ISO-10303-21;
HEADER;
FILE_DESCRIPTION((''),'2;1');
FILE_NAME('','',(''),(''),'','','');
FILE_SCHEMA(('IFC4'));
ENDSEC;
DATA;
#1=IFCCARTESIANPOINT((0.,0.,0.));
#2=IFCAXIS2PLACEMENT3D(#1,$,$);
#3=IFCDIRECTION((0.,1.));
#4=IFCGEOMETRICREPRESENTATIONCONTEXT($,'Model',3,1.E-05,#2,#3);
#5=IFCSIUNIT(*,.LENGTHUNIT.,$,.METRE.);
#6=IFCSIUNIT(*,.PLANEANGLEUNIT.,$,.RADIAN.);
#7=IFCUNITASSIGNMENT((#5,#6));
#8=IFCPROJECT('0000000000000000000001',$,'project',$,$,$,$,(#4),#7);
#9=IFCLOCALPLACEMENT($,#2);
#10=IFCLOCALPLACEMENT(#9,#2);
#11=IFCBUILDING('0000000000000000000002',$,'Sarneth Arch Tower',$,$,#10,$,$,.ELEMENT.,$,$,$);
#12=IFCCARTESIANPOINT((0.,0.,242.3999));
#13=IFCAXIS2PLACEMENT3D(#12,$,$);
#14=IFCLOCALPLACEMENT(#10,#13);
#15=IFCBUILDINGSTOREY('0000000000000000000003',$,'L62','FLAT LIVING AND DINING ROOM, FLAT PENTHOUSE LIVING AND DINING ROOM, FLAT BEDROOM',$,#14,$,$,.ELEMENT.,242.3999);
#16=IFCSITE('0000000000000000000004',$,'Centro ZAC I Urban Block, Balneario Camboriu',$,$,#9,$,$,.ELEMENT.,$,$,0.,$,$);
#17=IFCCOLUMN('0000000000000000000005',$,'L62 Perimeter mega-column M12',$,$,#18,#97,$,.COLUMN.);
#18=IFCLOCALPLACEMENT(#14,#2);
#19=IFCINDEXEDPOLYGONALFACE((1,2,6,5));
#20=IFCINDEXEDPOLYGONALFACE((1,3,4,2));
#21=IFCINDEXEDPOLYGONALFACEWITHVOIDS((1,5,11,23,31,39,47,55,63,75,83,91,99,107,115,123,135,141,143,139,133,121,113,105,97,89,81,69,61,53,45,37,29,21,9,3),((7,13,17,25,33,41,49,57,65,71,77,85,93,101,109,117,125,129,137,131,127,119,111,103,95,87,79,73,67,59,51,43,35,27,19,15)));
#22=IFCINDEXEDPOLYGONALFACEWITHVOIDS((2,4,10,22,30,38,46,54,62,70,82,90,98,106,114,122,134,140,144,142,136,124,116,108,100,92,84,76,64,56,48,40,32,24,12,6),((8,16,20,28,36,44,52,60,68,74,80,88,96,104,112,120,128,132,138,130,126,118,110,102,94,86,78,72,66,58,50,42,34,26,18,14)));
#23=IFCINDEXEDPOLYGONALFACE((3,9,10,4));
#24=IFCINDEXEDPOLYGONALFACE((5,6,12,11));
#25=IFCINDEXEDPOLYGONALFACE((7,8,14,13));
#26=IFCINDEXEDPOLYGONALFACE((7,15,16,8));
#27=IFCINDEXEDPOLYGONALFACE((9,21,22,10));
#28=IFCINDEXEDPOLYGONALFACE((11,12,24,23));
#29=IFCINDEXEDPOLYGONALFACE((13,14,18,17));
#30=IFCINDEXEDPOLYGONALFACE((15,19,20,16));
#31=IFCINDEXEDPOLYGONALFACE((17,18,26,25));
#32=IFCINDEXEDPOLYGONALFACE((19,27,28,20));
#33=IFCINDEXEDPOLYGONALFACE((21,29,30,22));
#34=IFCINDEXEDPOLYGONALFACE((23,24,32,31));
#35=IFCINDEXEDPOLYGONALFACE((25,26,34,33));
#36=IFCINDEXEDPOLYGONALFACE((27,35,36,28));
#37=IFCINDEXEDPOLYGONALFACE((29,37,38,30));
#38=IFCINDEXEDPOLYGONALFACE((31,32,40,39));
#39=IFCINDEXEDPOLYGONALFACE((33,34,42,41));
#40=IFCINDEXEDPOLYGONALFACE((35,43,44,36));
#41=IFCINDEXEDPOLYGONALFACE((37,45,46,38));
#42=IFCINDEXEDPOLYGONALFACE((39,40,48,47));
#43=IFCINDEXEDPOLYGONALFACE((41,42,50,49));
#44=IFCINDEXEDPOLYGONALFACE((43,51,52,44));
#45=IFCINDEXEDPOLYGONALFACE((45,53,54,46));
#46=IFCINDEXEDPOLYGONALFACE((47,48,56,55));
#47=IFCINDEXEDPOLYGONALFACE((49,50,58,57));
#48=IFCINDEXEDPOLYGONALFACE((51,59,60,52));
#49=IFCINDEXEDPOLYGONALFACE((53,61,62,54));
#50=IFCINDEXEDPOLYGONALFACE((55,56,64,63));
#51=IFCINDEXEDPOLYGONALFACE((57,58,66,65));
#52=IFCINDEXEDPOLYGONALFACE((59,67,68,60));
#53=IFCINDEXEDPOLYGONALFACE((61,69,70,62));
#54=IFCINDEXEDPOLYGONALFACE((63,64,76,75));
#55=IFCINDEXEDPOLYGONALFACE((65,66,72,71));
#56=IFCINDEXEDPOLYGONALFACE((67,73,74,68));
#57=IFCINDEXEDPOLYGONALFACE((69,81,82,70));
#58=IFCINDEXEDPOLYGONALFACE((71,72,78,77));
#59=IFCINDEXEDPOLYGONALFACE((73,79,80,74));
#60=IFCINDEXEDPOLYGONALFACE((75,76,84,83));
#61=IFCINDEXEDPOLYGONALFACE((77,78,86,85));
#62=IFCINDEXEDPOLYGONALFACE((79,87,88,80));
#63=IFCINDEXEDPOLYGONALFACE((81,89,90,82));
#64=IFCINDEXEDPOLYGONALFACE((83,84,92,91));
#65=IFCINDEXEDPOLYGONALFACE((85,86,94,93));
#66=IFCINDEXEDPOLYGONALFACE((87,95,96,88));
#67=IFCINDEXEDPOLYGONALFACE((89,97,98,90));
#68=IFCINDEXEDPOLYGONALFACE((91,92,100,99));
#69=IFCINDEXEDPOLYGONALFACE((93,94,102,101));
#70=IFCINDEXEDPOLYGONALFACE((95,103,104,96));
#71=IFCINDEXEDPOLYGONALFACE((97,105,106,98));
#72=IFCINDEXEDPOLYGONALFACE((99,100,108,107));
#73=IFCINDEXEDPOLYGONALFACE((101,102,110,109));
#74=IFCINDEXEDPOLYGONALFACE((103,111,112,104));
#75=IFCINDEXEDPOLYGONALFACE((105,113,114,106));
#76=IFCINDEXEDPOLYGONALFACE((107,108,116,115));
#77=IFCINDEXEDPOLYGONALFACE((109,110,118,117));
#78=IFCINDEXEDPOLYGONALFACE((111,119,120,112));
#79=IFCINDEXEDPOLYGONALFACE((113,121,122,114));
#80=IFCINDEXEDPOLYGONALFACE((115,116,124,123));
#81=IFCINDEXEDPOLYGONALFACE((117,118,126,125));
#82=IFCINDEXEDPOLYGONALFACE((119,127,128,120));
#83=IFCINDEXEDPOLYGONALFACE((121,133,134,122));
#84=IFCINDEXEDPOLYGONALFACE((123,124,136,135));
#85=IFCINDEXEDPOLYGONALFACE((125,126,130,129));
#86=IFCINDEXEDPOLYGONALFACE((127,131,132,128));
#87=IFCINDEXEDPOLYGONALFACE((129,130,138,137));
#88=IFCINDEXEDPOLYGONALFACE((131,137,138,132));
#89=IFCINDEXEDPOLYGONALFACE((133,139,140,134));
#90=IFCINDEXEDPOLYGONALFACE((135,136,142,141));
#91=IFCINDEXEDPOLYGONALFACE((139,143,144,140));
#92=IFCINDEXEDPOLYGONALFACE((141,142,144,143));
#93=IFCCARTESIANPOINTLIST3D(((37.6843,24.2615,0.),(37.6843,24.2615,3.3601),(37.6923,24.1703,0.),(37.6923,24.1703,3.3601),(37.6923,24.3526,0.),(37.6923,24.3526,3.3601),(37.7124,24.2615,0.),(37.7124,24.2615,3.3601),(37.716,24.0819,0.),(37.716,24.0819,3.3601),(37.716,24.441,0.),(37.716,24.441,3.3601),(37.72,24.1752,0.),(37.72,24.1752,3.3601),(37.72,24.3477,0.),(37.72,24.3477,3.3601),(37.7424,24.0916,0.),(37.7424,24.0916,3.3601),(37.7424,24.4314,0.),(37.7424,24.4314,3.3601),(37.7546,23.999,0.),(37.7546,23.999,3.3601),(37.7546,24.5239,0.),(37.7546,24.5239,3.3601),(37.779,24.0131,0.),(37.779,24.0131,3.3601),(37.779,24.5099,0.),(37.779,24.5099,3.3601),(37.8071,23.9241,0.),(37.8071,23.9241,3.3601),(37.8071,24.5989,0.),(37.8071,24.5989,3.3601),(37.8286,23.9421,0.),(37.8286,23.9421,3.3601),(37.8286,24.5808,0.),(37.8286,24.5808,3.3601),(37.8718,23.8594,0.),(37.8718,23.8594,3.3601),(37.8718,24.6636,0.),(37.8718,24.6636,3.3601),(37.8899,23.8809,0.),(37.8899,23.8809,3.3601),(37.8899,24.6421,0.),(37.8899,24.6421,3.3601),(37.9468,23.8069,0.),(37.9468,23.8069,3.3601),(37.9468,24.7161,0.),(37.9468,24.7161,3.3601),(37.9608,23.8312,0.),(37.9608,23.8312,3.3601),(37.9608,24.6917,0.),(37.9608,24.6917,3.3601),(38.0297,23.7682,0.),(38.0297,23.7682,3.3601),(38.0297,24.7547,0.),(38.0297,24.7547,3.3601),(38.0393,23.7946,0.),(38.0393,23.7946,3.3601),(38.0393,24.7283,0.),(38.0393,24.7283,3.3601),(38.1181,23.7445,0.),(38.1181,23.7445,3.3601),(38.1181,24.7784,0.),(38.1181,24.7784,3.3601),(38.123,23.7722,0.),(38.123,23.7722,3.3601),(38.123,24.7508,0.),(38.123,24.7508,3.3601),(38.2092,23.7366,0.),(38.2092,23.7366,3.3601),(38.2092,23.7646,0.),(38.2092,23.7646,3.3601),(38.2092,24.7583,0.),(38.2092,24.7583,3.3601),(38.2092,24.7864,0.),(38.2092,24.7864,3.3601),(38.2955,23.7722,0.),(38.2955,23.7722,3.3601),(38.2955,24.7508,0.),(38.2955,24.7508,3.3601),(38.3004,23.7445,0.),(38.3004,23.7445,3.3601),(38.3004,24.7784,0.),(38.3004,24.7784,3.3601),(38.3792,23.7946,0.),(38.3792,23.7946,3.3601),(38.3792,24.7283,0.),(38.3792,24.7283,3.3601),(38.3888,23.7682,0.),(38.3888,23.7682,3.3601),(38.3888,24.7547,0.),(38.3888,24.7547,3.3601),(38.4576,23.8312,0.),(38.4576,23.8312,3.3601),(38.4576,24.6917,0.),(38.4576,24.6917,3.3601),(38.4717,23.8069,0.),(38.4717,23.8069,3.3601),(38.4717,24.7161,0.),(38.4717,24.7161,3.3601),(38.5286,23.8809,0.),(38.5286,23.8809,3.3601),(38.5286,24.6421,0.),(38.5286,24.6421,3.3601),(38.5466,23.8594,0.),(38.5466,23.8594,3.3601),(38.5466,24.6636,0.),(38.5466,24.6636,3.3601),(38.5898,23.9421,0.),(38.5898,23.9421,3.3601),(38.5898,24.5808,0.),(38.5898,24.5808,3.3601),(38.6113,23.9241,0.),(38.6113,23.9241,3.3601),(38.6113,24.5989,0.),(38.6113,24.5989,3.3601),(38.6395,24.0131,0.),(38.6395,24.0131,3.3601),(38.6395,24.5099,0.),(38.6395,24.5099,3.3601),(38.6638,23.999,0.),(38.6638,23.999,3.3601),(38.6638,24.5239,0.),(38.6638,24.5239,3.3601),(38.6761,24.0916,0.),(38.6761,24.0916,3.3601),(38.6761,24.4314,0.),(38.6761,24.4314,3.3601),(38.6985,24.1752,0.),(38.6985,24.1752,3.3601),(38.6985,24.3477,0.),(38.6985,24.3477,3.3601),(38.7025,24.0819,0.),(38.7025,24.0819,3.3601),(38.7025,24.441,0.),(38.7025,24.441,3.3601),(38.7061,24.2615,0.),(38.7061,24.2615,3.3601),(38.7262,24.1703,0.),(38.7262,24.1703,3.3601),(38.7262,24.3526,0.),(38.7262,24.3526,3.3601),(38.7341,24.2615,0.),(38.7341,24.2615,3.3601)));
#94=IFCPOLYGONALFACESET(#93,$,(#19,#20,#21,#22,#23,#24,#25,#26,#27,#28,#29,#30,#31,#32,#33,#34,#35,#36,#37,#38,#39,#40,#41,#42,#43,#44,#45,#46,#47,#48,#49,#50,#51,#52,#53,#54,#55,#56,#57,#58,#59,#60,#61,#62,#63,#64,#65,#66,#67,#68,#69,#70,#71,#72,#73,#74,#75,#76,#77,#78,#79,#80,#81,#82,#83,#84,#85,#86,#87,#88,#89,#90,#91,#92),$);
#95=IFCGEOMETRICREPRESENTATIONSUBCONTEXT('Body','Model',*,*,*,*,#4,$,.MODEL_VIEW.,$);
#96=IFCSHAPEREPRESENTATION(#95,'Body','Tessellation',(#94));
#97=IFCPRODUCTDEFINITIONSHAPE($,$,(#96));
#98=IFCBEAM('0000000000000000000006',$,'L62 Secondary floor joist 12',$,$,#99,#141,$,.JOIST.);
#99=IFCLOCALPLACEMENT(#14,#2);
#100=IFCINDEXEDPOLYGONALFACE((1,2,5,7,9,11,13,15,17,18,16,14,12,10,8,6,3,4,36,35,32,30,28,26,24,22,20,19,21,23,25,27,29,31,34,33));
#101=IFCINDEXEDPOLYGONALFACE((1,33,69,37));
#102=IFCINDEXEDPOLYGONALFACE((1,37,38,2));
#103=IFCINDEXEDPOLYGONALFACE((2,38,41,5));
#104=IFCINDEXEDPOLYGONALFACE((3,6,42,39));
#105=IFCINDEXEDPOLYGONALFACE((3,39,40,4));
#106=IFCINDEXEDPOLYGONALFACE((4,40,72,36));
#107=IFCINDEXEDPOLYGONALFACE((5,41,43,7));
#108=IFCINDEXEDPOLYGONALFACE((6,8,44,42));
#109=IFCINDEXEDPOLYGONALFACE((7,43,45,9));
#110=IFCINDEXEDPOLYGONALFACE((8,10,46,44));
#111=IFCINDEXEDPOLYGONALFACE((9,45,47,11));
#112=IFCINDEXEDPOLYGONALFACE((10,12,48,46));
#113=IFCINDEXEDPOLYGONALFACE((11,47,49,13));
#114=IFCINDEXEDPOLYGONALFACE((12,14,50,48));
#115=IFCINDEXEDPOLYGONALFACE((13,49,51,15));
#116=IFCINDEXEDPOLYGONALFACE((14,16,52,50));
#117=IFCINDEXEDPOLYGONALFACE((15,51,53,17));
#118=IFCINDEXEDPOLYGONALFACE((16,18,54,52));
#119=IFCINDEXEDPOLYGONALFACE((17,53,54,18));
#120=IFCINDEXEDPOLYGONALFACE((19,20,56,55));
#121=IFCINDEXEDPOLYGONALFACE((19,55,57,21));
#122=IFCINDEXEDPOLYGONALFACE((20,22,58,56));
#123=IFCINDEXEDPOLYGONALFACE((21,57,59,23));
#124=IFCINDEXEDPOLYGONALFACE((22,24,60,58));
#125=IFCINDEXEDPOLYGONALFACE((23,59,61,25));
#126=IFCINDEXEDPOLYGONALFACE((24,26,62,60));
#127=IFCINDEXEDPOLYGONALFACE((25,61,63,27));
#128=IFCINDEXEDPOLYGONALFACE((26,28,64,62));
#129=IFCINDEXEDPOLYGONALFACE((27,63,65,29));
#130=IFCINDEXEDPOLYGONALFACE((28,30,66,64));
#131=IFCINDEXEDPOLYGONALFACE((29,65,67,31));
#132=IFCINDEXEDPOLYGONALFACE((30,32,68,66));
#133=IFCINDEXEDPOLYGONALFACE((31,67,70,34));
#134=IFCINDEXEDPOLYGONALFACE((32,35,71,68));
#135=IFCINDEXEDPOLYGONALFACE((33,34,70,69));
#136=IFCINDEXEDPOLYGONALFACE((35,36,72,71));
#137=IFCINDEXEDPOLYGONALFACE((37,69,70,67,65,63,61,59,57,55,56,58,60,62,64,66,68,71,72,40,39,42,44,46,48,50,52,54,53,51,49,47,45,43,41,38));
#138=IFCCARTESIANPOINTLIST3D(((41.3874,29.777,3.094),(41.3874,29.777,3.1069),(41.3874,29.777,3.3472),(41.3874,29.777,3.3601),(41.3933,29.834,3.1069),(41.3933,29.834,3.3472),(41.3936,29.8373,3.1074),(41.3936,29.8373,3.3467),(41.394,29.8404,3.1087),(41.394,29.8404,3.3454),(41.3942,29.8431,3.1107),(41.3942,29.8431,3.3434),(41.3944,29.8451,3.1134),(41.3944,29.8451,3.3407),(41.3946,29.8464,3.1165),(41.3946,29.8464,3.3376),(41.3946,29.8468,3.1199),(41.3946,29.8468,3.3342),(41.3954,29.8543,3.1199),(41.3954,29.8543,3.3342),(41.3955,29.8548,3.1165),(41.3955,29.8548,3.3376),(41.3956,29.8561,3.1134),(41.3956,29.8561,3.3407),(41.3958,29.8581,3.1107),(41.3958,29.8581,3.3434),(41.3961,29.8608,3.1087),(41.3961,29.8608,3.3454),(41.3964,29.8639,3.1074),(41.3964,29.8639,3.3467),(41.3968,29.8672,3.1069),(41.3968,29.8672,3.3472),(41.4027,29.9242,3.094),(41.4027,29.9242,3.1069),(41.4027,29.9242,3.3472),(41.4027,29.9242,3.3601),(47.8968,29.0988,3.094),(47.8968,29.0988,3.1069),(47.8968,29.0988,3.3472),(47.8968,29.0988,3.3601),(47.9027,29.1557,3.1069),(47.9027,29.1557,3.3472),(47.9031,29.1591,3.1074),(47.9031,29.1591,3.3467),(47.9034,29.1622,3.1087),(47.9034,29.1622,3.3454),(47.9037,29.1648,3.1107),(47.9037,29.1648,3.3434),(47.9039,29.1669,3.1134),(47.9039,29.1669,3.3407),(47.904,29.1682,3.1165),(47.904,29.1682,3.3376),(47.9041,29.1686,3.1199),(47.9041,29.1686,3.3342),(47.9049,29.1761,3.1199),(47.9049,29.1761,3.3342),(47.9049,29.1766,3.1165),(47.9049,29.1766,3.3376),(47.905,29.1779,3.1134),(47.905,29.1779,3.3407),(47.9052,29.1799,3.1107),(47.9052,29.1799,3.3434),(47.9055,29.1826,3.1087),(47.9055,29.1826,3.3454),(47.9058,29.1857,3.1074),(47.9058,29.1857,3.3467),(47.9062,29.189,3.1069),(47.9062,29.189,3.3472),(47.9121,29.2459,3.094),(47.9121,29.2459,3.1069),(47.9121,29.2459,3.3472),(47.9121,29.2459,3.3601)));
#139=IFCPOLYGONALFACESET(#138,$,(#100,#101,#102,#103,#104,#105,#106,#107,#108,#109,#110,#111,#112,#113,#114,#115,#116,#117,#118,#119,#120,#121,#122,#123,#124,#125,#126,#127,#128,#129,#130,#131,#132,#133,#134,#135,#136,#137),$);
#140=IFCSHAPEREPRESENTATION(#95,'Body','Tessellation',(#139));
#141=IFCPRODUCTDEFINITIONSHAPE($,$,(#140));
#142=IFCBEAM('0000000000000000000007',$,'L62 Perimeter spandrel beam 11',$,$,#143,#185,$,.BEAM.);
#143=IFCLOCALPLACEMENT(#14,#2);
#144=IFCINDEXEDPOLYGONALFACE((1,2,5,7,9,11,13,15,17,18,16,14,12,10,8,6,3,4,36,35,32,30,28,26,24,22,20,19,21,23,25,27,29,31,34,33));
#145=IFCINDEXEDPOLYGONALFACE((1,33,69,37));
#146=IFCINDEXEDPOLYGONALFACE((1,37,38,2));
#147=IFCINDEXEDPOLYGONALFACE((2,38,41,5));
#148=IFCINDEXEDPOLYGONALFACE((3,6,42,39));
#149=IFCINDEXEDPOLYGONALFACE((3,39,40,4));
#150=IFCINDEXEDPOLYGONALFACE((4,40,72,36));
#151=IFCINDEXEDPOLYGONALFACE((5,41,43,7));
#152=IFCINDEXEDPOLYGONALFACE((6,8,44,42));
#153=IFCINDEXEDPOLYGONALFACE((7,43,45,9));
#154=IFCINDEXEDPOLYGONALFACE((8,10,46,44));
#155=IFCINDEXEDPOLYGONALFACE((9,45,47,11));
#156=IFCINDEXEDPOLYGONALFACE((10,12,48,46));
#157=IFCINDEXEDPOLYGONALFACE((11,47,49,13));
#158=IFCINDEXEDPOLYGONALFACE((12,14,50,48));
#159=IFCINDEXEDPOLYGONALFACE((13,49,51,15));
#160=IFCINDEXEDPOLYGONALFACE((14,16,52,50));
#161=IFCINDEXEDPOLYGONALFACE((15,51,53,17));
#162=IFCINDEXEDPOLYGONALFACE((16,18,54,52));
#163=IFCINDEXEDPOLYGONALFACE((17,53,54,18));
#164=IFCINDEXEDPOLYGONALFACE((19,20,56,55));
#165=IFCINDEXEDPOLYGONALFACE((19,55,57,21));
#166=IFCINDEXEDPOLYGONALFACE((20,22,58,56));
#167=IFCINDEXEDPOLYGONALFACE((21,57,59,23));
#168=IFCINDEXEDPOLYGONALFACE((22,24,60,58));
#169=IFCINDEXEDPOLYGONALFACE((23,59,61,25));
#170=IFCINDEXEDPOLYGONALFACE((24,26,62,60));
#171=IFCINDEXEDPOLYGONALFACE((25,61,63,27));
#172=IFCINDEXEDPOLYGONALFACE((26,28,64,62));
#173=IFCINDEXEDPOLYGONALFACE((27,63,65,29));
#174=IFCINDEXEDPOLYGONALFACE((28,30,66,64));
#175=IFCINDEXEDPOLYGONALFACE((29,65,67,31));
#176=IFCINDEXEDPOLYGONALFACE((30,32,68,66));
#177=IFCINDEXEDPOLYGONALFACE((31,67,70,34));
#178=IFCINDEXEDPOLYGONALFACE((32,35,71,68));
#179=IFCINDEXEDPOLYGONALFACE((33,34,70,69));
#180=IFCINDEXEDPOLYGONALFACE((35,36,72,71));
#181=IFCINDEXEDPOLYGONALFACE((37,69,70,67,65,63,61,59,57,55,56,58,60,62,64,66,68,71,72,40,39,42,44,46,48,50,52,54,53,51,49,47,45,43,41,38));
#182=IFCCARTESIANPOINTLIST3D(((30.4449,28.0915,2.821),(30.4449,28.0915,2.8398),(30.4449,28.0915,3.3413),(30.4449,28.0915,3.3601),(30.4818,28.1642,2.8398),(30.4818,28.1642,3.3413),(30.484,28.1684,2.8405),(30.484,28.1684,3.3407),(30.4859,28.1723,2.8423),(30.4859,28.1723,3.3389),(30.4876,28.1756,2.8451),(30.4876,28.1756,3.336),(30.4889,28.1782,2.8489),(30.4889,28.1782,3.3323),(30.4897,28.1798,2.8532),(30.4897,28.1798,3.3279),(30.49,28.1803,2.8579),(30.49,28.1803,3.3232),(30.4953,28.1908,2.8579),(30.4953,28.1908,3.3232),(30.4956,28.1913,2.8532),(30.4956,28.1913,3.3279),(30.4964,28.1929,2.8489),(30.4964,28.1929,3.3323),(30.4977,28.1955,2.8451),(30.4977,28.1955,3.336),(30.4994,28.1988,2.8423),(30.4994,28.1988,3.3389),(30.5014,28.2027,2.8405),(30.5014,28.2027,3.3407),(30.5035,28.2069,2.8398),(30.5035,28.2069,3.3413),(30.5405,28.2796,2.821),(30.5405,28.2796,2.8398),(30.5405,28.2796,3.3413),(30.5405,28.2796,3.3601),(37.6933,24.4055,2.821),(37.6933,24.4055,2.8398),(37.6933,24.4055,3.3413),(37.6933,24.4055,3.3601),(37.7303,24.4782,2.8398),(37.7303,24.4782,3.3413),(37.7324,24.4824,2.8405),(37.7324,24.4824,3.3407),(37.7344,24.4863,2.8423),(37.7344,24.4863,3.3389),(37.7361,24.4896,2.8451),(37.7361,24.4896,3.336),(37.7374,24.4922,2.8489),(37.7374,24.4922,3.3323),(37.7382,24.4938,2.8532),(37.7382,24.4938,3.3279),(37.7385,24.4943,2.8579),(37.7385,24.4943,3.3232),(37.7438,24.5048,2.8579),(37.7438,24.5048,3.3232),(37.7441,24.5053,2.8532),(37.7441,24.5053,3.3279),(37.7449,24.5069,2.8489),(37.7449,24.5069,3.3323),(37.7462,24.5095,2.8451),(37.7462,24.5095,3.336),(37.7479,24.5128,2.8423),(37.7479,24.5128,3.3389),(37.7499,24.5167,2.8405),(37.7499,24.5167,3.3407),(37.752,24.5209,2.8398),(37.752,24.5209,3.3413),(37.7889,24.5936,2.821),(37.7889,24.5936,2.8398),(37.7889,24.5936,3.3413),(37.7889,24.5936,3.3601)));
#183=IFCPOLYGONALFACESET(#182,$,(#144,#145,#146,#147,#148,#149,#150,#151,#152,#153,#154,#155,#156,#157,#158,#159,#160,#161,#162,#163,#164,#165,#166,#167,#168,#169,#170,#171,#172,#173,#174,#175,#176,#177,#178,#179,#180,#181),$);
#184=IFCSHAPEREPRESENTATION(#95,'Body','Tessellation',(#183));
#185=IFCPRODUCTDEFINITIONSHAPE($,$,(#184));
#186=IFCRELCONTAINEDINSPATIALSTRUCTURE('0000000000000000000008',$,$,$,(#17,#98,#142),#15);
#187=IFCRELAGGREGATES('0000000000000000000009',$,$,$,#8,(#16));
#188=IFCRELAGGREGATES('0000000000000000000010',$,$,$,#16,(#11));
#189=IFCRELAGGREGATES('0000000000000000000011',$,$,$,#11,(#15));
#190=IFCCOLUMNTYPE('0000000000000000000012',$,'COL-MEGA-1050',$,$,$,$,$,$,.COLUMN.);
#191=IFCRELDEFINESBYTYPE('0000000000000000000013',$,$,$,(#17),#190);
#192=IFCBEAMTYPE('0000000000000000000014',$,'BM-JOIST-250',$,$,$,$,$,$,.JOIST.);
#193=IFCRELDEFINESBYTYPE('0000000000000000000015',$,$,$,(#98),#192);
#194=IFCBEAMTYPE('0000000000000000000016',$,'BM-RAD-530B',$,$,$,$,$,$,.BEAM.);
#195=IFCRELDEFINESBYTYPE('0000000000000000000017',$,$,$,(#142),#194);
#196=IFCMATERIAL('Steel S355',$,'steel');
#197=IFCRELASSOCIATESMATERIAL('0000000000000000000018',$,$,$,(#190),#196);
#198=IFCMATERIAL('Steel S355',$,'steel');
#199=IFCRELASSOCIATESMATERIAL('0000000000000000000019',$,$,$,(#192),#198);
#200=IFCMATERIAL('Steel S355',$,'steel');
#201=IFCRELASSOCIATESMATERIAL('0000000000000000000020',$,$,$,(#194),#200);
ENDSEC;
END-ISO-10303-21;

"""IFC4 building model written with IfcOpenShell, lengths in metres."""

from ifc_helpers import new_model, si_unit, direction, frame, origin, origin_2d, place, context, subcontext, project, spatial, hollow_circle, i_section, extrude, material, material_profile, profile_set, type_object, element, save


model = new_model("IFC4")

# Units and contexts
model_context = context("Model", 3, precision=1e-05, world=origin(), true_north=direction((0.0, 1.0)))
body_context = subcontext(model_context, "Body", "Model", "MODEL_VIEW")
ifc_project = project(units=[si_unit("LENGTHUNIT", "METRE"), si_unit("PLANEANGLEUNIT", "RADIAN")], contexts=[model_context])

# Site, building, storey
site_placement = place(None, origin())
site = spatial("IfcSite", under=ifc_project, at=site_placement, Name="Centro ZAC I Urban Block, Balneario Camboriu", CompositionType="ELEMENT", RefElevation=0.0)
building_placement = place(site_placement, origin())
building = spatial("IfcBuilding", under=site, at=building_placement, Name="Sarneth Arch Tower", CompositionType="ELEMENT")
storey_placement = place(building_placement, frame((0.0, 0.0, 242.3999)))
storey = spatial("IfcBuildingStorey", under=building, at=storey_placement, Name="L62", Description="FLAT LIVING AND DINING ROOM, FLAT PENTHOUSE LIVING AND DINING ROOM, FLAT BEDROOM", CompositionType="ELEMENT", Elevation=242.3999)

# Column
ifc_material_1 = material(Name="Steel S355", Category="steel")
ifc_material_profile_1 = material_profile(ifc_material_1, hollow_circle(Radius=0.5249, WallThickness=0.0281, at=origin_2d()), Name="CHS1050x28")
ifc_profile_set_1 = profile_set([ifc_material_profile_1], Name="Steel S355")
column_type = type_object("IfcColumnType", Name="COL-MEGA-1050", PredefinedType="COLUMN", material=ifc_profile_set_1)
column_placement = place(storey_placement, frame((38.2092, 24.2615, 0.0), z_axis=(0.0, 0.0, 1.0), x_axis=(1.0, 0.0, 0.0)))
element("IfcColumn", 1, at=column_placement, inside=storey, type_object=column_type, Name="L62 Perimeter mega-column M12", PredefinedType="COLUMN", context=body_context, shape_type="SweptSolid", body=[
    extrude(hollow_circle(Radius=0.5249, WallThickness=0.0281, at=origin_2d()), origin(), (0.0, 0.0, 1.0), 3.3601),
])

# Beams
ifc_material_2 = material(Name="Steel S355", Category="steel")
ifc_material_profile_2 = material_profile(ifc_material_2, i_section(OverallWidth=0.1479, OverallDepth=0.2661, WebThickness=0.0076, FlangeThickness=0.0129, FilletRadius=0.0129, at=origin_2d()), Name="W250x44.8")
ifc_profile_set_2 = profile_set([ifc_material_profile_2], Name="Steel S355")
beam_type_1 = type_object("IfcBeamType", Name="BM-JOIST-250", PredefinedType="JOIST", material=ifc_profile_set_2)
beam_1_placement = place(storey_placement, frame((41.395, 29.8506, 3.2271), z_axis=(0.994616, -0.103628, 0.0), x_axis=(0.103628, 0.994616, 0.0)))
element("IfcBeam", 2, at=beam_1_placement, inside=storey, type_object=beam_type_1, Name="L62 Secondary floor joist 12", PredefinedType="JOIST", context=body_context, shape_type="SweptSolid", body=[
    extrude(i_section(OverallWidth=0.1479, OverallDepth=0.2661, WebThickness=0.0076, FlangeThickness=0.0129, FilletRadius=0.0129, at=origin_2d()), origin(), (0.0, 0.0, 1.0), 6.5447),
])
ifc_material_3 = material(Name="Steel S355", Category="steel")
ifc_material_profile_3 = material_profile(ifc_material_3, i_section(OverallWidth=0.2109, OverallDepth=0.5391, WebThickness=0.0117, FlangeThickness=0.0188, FilletRadius=0.0181, at=origin_2d()), Name="W530x109")
ifc_profile_set_3 = profile_set([ifc_material_profile_3], Name="Steel S355")
beam_type_2 = type_object("IfcBeamType", Name="BM-RAD-530B", PredefinedType="BEAM", material=ifc_profile_set_3)
beam_2_placement = place(storey_placement, frame((30.4927, 28.1855, 3.0906), z_axis=(0.891368, -0.45328, 0.0), x_axis=(0.45328, 0.891368, 0.0)))
element("IfcBeam", 3, at=beam_2_placement, inside=storey, type_object=beam_type_2, Name="L62 Perimeter spandrel beam 11", PredefinedType="BEAM", context=body_context, shape_type="SweptSolid", body=[
    extrude(i_section(OverallWidth=0.2109, OverallDepth=0.5391, WebThickness=0.0117, FlangeThickness=0.0188, FilletRadius=0.0181, at=origin_2d()), origin(), (0.0, 0.0, 1.0), 8.1318),
])

save(model, "model.ifc")
